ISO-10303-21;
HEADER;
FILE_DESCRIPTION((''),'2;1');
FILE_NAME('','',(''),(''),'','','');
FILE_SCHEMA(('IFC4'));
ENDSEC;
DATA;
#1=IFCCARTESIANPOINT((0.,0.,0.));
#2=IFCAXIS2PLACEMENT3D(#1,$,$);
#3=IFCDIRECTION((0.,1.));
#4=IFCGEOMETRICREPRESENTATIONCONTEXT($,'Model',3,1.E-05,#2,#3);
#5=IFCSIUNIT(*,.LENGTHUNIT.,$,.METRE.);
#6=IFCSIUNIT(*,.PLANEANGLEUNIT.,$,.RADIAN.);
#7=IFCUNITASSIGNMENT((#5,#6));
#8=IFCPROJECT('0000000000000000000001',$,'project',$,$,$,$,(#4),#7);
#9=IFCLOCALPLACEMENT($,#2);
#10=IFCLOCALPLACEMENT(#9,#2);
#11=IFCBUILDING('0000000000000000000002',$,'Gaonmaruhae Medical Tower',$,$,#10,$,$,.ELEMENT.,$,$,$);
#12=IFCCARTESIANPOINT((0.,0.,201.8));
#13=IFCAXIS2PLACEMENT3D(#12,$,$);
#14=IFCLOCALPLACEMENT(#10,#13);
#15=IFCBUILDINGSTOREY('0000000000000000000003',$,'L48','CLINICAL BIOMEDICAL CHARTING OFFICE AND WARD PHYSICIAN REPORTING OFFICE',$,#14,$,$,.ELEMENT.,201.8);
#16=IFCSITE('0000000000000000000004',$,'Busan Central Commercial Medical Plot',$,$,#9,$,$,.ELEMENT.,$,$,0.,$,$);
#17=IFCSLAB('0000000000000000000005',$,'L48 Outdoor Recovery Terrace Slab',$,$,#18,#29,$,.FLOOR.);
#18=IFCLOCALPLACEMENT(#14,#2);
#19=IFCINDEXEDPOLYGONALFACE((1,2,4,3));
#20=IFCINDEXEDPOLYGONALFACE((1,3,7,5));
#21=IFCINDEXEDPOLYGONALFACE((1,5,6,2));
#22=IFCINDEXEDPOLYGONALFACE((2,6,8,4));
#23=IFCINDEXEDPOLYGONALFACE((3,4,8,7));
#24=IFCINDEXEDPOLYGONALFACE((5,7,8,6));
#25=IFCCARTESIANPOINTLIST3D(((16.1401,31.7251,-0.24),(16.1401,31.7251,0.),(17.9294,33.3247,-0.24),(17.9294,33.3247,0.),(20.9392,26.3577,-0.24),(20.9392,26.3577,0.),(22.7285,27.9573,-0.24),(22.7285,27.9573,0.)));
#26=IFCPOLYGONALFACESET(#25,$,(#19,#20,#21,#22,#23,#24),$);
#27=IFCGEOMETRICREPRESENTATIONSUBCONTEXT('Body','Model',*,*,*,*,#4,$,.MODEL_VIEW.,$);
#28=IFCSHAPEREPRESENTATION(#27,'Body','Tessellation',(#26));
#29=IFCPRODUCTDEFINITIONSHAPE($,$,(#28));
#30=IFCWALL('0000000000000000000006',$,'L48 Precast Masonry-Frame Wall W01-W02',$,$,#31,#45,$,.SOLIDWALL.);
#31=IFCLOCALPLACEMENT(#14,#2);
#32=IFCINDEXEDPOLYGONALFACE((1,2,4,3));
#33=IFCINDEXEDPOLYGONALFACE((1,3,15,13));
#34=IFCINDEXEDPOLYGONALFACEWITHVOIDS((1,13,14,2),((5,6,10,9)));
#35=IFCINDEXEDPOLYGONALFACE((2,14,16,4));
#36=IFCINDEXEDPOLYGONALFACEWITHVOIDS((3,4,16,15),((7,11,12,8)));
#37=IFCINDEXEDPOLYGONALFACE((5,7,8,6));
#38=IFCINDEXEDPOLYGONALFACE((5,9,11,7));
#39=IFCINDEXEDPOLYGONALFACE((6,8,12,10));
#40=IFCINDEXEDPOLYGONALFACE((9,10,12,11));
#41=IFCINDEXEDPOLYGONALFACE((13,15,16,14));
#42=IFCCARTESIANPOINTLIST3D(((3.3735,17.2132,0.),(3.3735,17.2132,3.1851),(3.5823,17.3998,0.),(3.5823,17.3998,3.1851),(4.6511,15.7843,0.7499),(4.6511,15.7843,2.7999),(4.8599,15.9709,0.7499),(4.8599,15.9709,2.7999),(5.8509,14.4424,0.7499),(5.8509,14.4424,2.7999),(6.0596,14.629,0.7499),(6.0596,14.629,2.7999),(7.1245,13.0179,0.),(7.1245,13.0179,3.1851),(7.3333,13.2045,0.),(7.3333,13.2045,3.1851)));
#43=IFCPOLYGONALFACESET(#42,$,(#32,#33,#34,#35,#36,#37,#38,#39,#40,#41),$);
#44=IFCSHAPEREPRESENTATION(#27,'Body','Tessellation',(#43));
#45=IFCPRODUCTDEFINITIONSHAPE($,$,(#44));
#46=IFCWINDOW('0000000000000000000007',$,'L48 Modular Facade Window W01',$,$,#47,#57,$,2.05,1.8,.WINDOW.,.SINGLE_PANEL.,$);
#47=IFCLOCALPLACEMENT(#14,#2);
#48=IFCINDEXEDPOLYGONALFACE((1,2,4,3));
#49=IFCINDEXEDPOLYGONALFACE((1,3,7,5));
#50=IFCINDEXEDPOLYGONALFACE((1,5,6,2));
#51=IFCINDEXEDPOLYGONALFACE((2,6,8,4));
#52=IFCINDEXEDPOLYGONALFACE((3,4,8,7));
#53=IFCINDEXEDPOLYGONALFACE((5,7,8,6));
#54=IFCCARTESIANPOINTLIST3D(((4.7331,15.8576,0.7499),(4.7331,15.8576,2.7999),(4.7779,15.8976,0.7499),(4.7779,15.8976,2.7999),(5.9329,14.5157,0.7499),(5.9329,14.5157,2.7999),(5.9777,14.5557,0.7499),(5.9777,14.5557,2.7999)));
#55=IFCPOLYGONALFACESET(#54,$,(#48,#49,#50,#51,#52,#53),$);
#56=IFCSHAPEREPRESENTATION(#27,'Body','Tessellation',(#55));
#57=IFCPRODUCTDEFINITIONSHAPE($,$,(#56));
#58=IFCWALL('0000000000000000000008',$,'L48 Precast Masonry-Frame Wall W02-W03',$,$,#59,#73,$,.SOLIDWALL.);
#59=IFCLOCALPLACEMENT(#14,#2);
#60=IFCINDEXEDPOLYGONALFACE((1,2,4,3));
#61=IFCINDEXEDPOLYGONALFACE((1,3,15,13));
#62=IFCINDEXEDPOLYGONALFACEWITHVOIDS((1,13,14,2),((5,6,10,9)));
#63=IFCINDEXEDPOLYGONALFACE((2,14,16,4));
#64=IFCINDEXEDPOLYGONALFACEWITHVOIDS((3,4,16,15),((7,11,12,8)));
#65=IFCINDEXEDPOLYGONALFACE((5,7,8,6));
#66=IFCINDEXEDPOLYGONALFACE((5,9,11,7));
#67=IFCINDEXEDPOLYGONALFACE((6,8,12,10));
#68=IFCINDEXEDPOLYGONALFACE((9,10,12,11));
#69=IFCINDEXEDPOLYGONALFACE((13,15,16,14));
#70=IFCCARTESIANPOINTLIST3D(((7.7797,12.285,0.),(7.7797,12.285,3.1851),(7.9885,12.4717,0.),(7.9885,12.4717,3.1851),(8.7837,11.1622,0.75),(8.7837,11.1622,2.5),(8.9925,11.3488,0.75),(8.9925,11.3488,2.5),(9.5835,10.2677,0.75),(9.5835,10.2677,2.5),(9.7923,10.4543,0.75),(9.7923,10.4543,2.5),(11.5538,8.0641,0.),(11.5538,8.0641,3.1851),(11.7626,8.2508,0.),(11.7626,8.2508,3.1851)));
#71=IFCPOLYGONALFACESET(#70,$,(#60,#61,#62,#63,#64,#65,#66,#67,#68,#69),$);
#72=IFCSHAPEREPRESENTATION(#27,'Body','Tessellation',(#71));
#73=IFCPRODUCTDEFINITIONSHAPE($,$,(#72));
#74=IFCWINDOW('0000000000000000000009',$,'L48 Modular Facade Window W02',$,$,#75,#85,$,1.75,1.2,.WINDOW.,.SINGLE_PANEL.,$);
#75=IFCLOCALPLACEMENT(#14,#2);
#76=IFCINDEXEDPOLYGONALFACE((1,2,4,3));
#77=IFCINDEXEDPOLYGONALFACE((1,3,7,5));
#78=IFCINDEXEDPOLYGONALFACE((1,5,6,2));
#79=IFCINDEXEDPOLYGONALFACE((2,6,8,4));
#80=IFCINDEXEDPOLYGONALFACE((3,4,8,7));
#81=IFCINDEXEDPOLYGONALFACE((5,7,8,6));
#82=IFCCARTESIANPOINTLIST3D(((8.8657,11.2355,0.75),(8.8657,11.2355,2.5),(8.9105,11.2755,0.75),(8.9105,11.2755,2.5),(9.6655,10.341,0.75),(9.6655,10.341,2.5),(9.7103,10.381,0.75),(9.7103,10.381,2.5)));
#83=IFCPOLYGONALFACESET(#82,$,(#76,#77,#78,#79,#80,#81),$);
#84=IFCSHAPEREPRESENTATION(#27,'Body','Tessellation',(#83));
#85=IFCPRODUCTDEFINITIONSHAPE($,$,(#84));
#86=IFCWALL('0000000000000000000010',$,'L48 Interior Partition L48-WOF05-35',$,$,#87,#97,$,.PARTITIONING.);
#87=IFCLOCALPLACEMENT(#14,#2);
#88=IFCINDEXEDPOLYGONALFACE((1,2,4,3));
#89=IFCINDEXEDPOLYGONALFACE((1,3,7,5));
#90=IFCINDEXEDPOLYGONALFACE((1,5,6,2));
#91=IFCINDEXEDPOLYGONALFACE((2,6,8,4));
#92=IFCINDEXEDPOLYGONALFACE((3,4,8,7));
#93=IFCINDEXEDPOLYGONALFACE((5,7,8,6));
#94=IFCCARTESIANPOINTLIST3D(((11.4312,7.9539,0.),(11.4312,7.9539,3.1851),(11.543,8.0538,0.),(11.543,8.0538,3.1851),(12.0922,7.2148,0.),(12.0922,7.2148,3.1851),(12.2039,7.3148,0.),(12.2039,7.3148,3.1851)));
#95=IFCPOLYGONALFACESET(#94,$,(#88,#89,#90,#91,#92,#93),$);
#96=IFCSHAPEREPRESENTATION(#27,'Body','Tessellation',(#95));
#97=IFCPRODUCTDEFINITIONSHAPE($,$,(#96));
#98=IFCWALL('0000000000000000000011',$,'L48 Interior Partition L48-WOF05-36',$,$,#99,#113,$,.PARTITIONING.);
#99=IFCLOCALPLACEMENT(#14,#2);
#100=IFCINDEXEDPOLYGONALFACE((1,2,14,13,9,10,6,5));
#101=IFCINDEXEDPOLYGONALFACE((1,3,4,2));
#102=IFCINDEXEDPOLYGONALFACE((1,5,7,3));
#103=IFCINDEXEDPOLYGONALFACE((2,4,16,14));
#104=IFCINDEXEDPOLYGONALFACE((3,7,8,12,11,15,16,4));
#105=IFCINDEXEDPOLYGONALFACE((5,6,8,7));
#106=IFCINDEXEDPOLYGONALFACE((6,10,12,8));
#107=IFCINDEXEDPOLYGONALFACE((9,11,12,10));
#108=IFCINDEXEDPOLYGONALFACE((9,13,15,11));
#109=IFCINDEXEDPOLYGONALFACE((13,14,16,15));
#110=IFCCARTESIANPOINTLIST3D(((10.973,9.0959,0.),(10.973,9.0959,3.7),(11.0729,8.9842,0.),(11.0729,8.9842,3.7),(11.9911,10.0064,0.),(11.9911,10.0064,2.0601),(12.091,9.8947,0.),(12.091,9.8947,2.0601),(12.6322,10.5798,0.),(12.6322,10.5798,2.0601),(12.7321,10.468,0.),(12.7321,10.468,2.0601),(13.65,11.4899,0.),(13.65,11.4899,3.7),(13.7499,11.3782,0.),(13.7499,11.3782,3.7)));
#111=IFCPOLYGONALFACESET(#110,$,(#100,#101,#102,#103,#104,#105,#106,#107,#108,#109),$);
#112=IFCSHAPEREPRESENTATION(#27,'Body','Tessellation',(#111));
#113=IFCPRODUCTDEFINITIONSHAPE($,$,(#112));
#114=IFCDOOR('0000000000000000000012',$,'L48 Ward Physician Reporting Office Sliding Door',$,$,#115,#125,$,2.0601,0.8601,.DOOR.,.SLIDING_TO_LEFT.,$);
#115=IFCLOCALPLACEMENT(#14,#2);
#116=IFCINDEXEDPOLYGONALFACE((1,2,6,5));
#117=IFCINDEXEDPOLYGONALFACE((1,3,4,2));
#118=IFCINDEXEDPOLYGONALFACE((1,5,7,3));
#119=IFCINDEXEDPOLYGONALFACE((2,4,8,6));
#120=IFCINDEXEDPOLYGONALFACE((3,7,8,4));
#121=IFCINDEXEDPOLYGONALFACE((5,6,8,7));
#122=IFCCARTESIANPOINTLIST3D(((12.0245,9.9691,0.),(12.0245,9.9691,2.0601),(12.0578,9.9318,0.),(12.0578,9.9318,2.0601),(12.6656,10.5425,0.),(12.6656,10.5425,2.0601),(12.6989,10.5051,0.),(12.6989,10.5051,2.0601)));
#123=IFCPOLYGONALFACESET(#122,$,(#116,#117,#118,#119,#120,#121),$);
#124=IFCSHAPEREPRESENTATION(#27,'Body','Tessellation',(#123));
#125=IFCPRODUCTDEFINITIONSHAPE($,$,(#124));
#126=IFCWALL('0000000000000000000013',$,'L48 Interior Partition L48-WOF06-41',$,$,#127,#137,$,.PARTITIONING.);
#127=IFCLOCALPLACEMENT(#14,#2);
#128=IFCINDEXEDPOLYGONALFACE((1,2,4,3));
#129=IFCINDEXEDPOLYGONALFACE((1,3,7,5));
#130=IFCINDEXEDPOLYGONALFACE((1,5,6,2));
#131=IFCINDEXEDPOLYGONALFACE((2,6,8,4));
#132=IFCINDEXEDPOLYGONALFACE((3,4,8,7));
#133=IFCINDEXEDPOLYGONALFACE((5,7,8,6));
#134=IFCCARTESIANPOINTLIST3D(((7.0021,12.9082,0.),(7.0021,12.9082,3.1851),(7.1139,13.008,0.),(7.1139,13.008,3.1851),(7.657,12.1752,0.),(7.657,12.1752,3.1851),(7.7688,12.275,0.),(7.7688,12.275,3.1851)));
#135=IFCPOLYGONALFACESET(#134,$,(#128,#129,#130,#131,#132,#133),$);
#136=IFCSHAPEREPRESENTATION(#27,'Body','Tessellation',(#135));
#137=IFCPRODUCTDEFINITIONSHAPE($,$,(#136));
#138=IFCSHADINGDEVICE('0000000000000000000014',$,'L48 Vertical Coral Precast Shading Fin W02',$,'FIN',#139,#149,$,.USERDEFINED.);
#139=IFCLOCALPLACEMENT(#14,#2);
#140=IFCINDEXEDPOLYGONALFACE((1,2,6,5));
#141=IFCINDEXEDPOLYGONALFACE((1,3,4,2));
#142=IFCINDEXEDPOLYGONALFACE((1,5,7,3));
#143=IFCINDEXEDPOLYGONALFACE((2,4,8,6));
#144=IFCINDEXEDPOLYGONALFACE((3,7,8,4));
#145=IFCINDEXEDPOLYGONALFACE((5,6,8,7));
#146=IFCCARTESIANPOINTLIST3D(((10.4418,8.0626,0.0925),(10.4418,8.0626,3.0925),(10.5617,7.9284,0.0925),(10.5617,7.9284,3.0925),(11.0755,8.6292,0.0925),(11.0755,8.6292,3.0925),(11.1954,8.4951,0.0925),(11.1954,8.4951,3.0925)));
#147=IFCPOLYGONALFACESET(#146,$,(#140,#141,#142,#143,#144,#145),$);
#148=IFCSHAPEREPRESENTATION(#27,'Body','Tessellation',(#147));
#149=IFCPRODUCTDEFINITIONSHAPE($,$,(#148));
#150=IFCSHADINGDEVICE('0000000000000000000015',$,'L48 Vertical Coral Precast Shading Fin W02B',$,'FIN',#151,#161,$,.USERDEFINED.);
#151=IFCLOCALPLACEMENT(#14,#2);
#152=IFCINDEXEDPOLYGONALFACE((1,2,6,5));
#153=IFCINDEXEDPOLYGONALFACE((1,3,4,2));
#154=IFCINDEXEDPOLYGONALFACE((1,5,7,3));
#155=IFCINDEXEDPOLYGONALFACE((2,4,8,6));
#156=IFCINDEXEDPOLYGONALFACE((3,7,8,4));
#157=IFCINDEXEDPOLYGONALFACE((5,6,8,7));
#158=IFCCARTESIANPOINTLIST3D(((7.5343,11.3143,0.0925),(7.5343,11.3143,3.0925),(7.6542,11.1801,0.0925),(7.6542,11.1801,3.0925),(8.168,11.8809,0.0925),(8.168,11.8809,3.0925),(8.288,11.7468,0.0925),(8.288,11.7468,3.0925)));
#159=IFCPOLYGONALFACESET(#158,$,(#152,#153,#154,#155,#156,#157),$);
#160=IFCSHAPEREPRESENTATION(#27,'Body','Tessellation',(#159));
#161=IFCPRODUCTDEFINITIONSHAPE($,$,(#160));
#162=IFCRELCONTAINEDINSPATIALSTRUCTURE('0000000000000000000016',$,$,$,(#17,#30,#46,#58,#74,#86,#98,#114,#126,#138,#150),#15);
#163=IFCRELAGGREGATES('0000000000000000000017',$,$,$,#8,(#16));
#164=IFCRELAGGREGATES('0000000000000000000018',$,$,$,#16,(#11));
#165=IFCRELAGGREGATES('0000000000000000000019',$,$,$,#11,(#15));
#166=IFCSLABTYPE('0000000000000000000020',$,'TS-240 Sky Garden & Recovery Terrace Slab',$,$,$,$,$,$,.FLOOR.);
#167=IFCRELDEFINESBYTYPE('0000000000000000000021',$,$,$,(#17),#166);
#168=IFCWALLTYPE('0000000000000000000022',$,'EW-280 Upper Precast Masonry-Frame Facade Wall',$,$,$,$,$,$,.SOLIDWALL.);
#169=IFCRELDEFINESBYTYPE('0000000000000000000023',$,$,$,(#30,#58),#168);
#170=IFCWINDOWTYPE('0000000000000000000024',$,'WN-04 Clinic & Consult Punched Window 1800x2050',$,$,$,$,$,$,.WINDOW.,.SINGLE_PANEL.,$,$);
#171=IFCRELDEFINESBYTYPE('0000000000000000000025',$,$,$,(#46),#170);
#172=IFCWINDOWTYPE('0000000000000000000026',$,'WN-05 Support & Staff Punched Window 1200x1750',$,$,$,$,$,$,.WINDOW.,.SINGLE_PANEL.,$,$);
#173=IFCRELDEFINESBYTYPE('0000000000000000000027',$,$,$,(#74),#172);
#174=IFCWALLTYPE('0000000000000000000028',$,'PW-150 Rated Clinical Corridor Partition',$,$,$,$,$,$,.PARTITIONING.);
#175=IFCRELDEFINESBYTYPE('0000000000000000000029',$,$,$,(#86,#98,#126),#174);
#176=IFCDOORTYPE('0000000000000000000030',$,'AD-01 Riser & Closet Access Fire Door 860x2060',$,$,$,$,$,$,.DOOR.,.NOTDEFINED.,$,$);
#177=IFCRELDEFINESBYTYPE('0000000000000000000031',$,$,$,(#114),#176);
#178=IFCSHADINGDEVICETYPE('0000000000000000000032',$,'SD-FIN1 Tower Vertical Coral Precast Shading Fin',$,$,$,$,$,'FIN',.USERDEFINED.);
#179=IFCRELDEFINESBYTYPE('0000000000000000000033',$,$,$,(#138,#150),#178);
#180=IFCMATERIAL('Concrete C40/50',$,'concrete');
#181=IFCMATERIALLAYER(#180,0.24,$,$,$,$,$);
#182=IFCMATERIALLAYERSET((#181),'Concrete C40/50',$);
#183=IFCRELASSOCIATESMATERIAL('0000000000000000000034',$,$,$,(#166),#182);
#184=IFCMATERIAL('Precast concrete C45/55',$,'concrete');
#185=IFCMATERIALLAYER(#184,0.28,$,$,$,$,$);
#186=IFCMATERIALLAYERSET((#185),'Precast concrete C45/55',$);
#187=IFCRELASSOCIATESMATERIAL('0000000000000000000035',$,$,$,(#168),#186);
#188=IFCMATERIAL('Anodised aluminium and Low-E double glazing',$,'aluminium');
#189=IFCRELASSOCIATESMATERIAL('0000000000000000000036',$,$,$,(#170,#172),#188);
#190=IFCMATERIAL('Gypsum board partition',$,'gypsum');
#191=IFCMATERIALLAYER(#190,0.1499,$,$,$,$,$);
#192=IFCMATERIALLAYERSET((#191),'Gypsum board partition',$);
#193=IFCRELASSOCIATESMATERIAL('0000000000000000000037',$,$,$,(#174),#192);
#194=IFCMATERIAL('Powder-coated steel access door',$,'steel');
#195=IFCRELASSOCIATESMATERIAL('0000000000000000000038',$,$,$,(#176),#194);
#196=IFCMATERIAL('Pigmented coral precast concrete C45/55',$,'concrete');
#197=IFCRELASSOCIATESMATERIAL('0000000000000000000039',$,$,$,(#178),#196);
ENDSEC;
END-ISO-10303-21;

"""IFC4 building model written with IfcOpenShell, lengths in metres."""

from ifc_helpers import new_model, si_unit, direction, frame, frame_2d, origin, origin_2d, place, context, subcontext, project, spatial, polyline, rectangle, outline, extrude, material, layer, layer_set, type_object, element, fill, save


model = new_model("IFC4")

# Units and contexts
model_context = context("Model", 3, precision=1e-05, world=origin(), true_north=direction((0.0, 1.0)))
body_context = subcontext(model_context, "Body", "Model", "MODEL_VIEW")
ifc_project = project(units=[si_unit("LENGTHUNIT", "METRE"), si_unit("PLANEANGLEUNIT", "RADIAN")], contexts=[model_context])

# Site, building, storey
site_placement = place(None, origin())
site = spatial("IfcSite", under=ifc_project, at=site_placement, Name="Busan Central Commercial Medical Plot", CompositionType="ELEMENT", RefElevation=0.0)
building_placement = place(site_placement, origin())
building = spatial("IfcBuilding", under=site, at=building_placement, Name="Gaonmaruhae Medical Tower", CompositionType="ELEMENT")
storey_placement = place(building_placement, frame((0.0, 0.0, 201.8)))
storey = spatial("IfcBuildingStorey", under=building, at=storey_placement, Name="L48", Description="CLINICAL BIOMEDICAL CHARTING OFFICE AND WARD PHYSICIAN REPORTING OFFICE", CompositionType="ELEMENT", Elevation=201.8)

# Shared definitions
ifc_material_1 = material(Name="Concrete C40/50", Category="concrete")

# Slab
ifc_layer_1 = layer(ifc_material_1, 0.24)
ifc_layer_set_1 = layer_set([ifc_layer_1], Name="Concrete C40/50")
slab_type_1 = type_object("IfcSlabType", Name="TS-240 Sky Garden & Recovery Terrace Slab", PredefinedType="FLOOR", material=ifc_layer_set_1)
slab_1_placement = place(storey_placement, frame((0.0, 0.0, -0.24)))
element("IfcSlab", 1, at=slab_1_placement, inside=storey, type_object=slab_type_1, Name="L48 Outdoor Recovery Terrace Slab", PredefinedType="FLOOR", context=body_context, shape_type="SweptSolid", body=[
    extrude(outline(polyline([(20.9392, 26.3577), (22.7285, 27.9573), (17.9294, 33.3247), (16.1401, 31.7251), (20.9392, 26.3577)])), origin(), (0.0, 0.0, 1.0), 0.24),
])

# Walls, openings, windows
ifc_material_2 = material(Name="Precast concrete C45/55", Category="concrete")
ifc_layer_2 = layer(ifc_material_2, 0.28)
ifc_layer_set_2 = layer_set([ifc_layer_2], Name="Precast concrete C45/55")
wall_type_1 = type_object("IfcWallType", Name="EW-280 Upper Precast Masonry-Frame Facade Wall", PredefinedType="SOLIDWALL", material=ifc_layer_set_2)
wall_1_placement = place(storey_placement, frame((7.229, 13.1111, 0.0), z_axis=(0.0, 0.0, 1.0), x_axis=(-0.666526, 0.745482, 0.0)))
wall_1 = element("IfcWall", 2, at=wall_1_placement, inside=storey, type_object=wall_type_1, Name="L48 Precast Masonry-Frame Wall W01-W02", PredefinedType="SOLIDWALL", context=body_context, shape_type="SweptSolid", body=[
    extrude(rectangle(XDim=5.6277, YDim=0.28, at=frame_2d((2.814, 0.0))), origin(), (0.0, 0.0, 1.0), 3.1851),
])
opening_1_placement = place(wall_1_placement, frame((1.9111, 0.0, 0.75)))
opening_1 = element("IfcOpeningElement", 3, at=opening_1_placement, cuts=wall_1, PredefinedType="OPENING", context=body_context, shape_type="SweptSolid", body=[
    extrude(rectangle(XDim=1.8, YDim=2.05, at=frame_2d((0.8999, 1.0249))), frame((0.0, 0.1499, 0.0), z_axis=(0.0, -1.0, 0.0), x_axis=(1.0, 0.0, 0.0)), (0.0, 0.0, 1.0), 0.3),
])
ifc_material_3 = material(Name="Anodised aluminium and Low-E double glazing", Category="aluminium")
window_type_1 = type_object("IfcWindowType", Name="WN-04 Clinic & Consult Punched Window 1800x2050", PartitioningType="SINGLE_PANEL", PredefinedType="WINDOW", material=ifc_material_3)
window_1_placement = place(opening_1_placement, origin())
window_1 = element("IfcWindow", 4, at=window_1_placement, inside=storey, type_object=window_type_1, Name="L48 Modular Facade Window W01", OverallHeight=2.05, OverallWidth=1.8, PartitioningType="SINGLE_PANEL", PredefinedType="WINDOW", context=body_context, shape_type="SweptSolid", body=[
    extrude(rectangle(XDim=1.8, YDim=2.05, at=frame_2d((0.8999, 1.0249))), frame((0.0, 0.03, 0.0), z_axis=(0.0, -1.0, 0.0), x_axis=(1.0, 0.0, 0.0)), (0.0, 0.0, 1.0), 0.0601),
])
fill(opening_1, window_1)
wall_2_placement = place(storey_placement, frame((11.6582, 8.1575, 0.0), z_axis=(0.0, 0.0, 1.0), x_axis=(-0.666553, 0.745458, 0.0)))
wall_2 = element("IfcWall", 5, at=wall_2_placement, inside=storey, type_object=wall_type_1, Name="L48 Precast Masonry-Frame Wall W02-W03", PredefinedType="SOLIDWALL", context=body_context, shape_type="SweptSolid", body=[
    extrude(rectangle(XDim=5.6621, YDim=0.28, at=frame_2d((2.8311, 0.0))), origin(), (0.0, 0.0, 1.0), 3.1851),
])
opening_2_placement = place(wall_2_placement, frame((2.9558, 0.0, 0.75)))
opening_2 = element("IfcOpeningElement", 6, at=opening_2_placement, cuts=wall_2, PredefinedType="OPENING", context=body_context, shape_type="SweptSolid", body=[
    extrude(rectangle(XDim=1.2, YDim=1.75, at=frame_2d((0.6001, 0.875))), frame((0.0, 0.1499, 0.0), z_axis=(0.0, -1.0, 0.0), x_axis=(1.0, 0.0, 0.0)), (0.0, 0.0, 1.0), 0.3),
])
window_type_2 = type_object("IfcWindowType", Name="WN-05 Support & Staff Punched Window 1200x1750", PartitioningType="SINGLE_PANEL", PredefinedType="WINDOW", material=ifc_material_3)
window_2_placement = place(opening_2_placement, origin())
window_2 = element("IfcWindow", 7, at=window_2_placement, inside=storey, type_object=window_type_2, Name="L48 Modular Facade Window W02", OverallHeight=1.75, OverallWidth=1.2, PartitioningType="SINGLE_PANEL", PredefinedType="WINDOW", context=body_context, shape_type="SweptSolid", body=[
    extrude(rectangle(XDim=1.2, YDim=1.75, at=frame_2d((0.6001, 0.875))), frame((0.0, 0.03, 0.0), z_axis=(0.0, -1.0, 0.0), x_axis=(1.0, 0.0, 0.0)), (0.0, 0.0, 1.0), 0.0601),
])
fill(opening_2, window_2)

# Wall
ifc_material_4 = material(Name="Gypsum board partition", Category="gypsum")
ifc_layer_3 = layer(ifc_material_4, 0.1499)
ifc_layer_set_3 = layer_set([ifc_layer_3], Name="Gypsum board partition")
wall_type_2 = type_object("IfcWallType", Name="PW-150 Rated Clinical Corridor Partition", PredefinedType="PARTITIONING", material=ifc_layer_set_3)
wall_3_placement = place(storey_placement, frame((12.1479, 7.2649, 0.0), z_axis=(0.0, 0.0, 1.0), x_axis=(-0.666608, 0.745409, 0.0)))
element("IfcWall", 8, at=wall_3_placement, inside=storey, type_object=wall_type_2, Name="L48 Interior Partition L48-WOF05-35", PredefinedType="PARTITIONING", context=body_context, shape_type="SweptSolid", body=[
    extrude(rectangle(XDim=0.9915, YDim=0.1499, at=frame_2d((0.4956, 0.0))), origin(), (0.0, 0.0, 1.0), 3.1851),
])

# Wall, opening, door
wall_4_placement = place(storey_placement, frame((11.0229, 9.04, 0.0), z_axis=(0.0, 0.0, 1.0), x_axis=(0.745403, 0.666614, 0.0)))
wall_4 = element("IfcWall", 9, at=wall_4_placement, inside=storey, type_object=wall_type_2, Name="L48 Interior Partition L48-WOF05-36", PredefinedType="PARTITIONING", context=body_context, shape_type="SweptSolid", body=[
    extrude(rectangle(XDim=3.5913, YDim=0.1499, at=frame_2d((1.7957, 0.0))), origin(), (0.0, 0.0, 1.0), 3.7),
])
opening_3_placement = place(wall_4_placement, frame((1.3657, 0.0, 0.0)))
opening_3 = element("IfcOpeningElement", 10, at=opening_3_placement, cuts=wall_4, PredefinedType="OPENING", context=body_context, shape_type="SweptSolid", body=[
    extrude(rectangle(XDim=0.8601, YDim=2.0601, at=frame_2d((0.4302, 1.03))), frame((0.0, 0.085, 0.0), z_axis=(0.0, -1.0, 0.0), x_axis=(1.0, 0.0, 0.0)), (0.0, 0.0, 1.0), 0.1699),
])
ifc_material_5 = material(Name="Powder-coated steel access door", Category="steel")
door_type = type_object("IfcDoorType", Name="AD-01 Riser & Closet Access Fire Door 860x2060", OperationType="NOTDEFINED", PredefinedType="DOOR", material=ifc_material_5)
door_placement = place(opening_3_placement, origin())
door = element("IfcDoor", 11, at=door_placement, inside=storey, type_object=door_type, Name="L48 Ward Physician Reporting Office Sliding Door", OperationType="SLIDING_TO_LEFT", OverallHeight=2.0601, OverallWidth=0.8601, PredefinedType="DOOR", context=body_context, shape_type="SweptSolid", body=[
    extrude(rectangle(XDim=0.8601, YDim=2.0601, at=frame_2d((0.4302, 1.03))), frame((0.0, 0.0249, 0.0), z_axis=(0.0, -1.0, 0.0), x_axis=(1.0, 0.0, 0.0)), (0.0, 0.0, 1.0), 0.05),
])
fill(opening_3, door)

# Wall
wall_5_placement = place(storey_placement, frame((7.7129, 12.2251, 0.0), z_axis=(0.0, 0.0, 1.0), x_axis=(-0.666243, 0.745735, 0.0)))
element("IfcWall", 12, at=wall_5_placement, inside=storey, type_object=wall_type_2, Name="L48 Interior Partition L48-WOF06-41", PredefinedType="PARTITIONING", context=body_context, shape_type="SweptSolid", body=[
    extrude(rectangle(XDim=0.9829, YDim=0.1499, at=frame_2d((0.4915, 0.0))), origin(), (0.0, 0.0, 1.0), 3.1851),
])

# Shading devices
ifc_material_6 = material(Name="Pigmented coral precast concrete C45/55", Category="concrete")
shading_device_type = type_object("IfcShadingDeviceType", Name="SD-FIN1 Tower Vertical Coral Precast Shading Fin", ElementType="FIN", PredefinedType="USERDEFINED", material=ifc_material_6)
for number, where, z_axis, x_axis, name in (
    (13, (10.8186, 8.2788, 0.0925), (0.0, 0.0, 1.0), (-0.666532, 0.745476, 0.0), "L48 Vertical Coral Precast Shading Fin W02"),
    (14, (7.9111, 11.5305, 0.0925), (0.0, 0.0, 1.0), (-0.666532, 0.745476, 0.0), "L48 Vertical Coral Precast Shading Fin W02B"),
):
    element("IfcShadingDevice", number, at=place(storey_placement, frame(where, z_axis=z_axis, x_axis=x_axis)), inside=storey, type_object=shading_device_type, Name=name, ObjectType="FIN", PredefinedType="USERDEFINED", context=body_context, shape_type="SweptSolid", body=[
        extrude(rectangle(XDim=0.1799, YDim=0.8501, at=origin_2d()), origin(), (0.0, 0.0, 1.0), 3.0),
    ])

save(model, "model.ifc")
